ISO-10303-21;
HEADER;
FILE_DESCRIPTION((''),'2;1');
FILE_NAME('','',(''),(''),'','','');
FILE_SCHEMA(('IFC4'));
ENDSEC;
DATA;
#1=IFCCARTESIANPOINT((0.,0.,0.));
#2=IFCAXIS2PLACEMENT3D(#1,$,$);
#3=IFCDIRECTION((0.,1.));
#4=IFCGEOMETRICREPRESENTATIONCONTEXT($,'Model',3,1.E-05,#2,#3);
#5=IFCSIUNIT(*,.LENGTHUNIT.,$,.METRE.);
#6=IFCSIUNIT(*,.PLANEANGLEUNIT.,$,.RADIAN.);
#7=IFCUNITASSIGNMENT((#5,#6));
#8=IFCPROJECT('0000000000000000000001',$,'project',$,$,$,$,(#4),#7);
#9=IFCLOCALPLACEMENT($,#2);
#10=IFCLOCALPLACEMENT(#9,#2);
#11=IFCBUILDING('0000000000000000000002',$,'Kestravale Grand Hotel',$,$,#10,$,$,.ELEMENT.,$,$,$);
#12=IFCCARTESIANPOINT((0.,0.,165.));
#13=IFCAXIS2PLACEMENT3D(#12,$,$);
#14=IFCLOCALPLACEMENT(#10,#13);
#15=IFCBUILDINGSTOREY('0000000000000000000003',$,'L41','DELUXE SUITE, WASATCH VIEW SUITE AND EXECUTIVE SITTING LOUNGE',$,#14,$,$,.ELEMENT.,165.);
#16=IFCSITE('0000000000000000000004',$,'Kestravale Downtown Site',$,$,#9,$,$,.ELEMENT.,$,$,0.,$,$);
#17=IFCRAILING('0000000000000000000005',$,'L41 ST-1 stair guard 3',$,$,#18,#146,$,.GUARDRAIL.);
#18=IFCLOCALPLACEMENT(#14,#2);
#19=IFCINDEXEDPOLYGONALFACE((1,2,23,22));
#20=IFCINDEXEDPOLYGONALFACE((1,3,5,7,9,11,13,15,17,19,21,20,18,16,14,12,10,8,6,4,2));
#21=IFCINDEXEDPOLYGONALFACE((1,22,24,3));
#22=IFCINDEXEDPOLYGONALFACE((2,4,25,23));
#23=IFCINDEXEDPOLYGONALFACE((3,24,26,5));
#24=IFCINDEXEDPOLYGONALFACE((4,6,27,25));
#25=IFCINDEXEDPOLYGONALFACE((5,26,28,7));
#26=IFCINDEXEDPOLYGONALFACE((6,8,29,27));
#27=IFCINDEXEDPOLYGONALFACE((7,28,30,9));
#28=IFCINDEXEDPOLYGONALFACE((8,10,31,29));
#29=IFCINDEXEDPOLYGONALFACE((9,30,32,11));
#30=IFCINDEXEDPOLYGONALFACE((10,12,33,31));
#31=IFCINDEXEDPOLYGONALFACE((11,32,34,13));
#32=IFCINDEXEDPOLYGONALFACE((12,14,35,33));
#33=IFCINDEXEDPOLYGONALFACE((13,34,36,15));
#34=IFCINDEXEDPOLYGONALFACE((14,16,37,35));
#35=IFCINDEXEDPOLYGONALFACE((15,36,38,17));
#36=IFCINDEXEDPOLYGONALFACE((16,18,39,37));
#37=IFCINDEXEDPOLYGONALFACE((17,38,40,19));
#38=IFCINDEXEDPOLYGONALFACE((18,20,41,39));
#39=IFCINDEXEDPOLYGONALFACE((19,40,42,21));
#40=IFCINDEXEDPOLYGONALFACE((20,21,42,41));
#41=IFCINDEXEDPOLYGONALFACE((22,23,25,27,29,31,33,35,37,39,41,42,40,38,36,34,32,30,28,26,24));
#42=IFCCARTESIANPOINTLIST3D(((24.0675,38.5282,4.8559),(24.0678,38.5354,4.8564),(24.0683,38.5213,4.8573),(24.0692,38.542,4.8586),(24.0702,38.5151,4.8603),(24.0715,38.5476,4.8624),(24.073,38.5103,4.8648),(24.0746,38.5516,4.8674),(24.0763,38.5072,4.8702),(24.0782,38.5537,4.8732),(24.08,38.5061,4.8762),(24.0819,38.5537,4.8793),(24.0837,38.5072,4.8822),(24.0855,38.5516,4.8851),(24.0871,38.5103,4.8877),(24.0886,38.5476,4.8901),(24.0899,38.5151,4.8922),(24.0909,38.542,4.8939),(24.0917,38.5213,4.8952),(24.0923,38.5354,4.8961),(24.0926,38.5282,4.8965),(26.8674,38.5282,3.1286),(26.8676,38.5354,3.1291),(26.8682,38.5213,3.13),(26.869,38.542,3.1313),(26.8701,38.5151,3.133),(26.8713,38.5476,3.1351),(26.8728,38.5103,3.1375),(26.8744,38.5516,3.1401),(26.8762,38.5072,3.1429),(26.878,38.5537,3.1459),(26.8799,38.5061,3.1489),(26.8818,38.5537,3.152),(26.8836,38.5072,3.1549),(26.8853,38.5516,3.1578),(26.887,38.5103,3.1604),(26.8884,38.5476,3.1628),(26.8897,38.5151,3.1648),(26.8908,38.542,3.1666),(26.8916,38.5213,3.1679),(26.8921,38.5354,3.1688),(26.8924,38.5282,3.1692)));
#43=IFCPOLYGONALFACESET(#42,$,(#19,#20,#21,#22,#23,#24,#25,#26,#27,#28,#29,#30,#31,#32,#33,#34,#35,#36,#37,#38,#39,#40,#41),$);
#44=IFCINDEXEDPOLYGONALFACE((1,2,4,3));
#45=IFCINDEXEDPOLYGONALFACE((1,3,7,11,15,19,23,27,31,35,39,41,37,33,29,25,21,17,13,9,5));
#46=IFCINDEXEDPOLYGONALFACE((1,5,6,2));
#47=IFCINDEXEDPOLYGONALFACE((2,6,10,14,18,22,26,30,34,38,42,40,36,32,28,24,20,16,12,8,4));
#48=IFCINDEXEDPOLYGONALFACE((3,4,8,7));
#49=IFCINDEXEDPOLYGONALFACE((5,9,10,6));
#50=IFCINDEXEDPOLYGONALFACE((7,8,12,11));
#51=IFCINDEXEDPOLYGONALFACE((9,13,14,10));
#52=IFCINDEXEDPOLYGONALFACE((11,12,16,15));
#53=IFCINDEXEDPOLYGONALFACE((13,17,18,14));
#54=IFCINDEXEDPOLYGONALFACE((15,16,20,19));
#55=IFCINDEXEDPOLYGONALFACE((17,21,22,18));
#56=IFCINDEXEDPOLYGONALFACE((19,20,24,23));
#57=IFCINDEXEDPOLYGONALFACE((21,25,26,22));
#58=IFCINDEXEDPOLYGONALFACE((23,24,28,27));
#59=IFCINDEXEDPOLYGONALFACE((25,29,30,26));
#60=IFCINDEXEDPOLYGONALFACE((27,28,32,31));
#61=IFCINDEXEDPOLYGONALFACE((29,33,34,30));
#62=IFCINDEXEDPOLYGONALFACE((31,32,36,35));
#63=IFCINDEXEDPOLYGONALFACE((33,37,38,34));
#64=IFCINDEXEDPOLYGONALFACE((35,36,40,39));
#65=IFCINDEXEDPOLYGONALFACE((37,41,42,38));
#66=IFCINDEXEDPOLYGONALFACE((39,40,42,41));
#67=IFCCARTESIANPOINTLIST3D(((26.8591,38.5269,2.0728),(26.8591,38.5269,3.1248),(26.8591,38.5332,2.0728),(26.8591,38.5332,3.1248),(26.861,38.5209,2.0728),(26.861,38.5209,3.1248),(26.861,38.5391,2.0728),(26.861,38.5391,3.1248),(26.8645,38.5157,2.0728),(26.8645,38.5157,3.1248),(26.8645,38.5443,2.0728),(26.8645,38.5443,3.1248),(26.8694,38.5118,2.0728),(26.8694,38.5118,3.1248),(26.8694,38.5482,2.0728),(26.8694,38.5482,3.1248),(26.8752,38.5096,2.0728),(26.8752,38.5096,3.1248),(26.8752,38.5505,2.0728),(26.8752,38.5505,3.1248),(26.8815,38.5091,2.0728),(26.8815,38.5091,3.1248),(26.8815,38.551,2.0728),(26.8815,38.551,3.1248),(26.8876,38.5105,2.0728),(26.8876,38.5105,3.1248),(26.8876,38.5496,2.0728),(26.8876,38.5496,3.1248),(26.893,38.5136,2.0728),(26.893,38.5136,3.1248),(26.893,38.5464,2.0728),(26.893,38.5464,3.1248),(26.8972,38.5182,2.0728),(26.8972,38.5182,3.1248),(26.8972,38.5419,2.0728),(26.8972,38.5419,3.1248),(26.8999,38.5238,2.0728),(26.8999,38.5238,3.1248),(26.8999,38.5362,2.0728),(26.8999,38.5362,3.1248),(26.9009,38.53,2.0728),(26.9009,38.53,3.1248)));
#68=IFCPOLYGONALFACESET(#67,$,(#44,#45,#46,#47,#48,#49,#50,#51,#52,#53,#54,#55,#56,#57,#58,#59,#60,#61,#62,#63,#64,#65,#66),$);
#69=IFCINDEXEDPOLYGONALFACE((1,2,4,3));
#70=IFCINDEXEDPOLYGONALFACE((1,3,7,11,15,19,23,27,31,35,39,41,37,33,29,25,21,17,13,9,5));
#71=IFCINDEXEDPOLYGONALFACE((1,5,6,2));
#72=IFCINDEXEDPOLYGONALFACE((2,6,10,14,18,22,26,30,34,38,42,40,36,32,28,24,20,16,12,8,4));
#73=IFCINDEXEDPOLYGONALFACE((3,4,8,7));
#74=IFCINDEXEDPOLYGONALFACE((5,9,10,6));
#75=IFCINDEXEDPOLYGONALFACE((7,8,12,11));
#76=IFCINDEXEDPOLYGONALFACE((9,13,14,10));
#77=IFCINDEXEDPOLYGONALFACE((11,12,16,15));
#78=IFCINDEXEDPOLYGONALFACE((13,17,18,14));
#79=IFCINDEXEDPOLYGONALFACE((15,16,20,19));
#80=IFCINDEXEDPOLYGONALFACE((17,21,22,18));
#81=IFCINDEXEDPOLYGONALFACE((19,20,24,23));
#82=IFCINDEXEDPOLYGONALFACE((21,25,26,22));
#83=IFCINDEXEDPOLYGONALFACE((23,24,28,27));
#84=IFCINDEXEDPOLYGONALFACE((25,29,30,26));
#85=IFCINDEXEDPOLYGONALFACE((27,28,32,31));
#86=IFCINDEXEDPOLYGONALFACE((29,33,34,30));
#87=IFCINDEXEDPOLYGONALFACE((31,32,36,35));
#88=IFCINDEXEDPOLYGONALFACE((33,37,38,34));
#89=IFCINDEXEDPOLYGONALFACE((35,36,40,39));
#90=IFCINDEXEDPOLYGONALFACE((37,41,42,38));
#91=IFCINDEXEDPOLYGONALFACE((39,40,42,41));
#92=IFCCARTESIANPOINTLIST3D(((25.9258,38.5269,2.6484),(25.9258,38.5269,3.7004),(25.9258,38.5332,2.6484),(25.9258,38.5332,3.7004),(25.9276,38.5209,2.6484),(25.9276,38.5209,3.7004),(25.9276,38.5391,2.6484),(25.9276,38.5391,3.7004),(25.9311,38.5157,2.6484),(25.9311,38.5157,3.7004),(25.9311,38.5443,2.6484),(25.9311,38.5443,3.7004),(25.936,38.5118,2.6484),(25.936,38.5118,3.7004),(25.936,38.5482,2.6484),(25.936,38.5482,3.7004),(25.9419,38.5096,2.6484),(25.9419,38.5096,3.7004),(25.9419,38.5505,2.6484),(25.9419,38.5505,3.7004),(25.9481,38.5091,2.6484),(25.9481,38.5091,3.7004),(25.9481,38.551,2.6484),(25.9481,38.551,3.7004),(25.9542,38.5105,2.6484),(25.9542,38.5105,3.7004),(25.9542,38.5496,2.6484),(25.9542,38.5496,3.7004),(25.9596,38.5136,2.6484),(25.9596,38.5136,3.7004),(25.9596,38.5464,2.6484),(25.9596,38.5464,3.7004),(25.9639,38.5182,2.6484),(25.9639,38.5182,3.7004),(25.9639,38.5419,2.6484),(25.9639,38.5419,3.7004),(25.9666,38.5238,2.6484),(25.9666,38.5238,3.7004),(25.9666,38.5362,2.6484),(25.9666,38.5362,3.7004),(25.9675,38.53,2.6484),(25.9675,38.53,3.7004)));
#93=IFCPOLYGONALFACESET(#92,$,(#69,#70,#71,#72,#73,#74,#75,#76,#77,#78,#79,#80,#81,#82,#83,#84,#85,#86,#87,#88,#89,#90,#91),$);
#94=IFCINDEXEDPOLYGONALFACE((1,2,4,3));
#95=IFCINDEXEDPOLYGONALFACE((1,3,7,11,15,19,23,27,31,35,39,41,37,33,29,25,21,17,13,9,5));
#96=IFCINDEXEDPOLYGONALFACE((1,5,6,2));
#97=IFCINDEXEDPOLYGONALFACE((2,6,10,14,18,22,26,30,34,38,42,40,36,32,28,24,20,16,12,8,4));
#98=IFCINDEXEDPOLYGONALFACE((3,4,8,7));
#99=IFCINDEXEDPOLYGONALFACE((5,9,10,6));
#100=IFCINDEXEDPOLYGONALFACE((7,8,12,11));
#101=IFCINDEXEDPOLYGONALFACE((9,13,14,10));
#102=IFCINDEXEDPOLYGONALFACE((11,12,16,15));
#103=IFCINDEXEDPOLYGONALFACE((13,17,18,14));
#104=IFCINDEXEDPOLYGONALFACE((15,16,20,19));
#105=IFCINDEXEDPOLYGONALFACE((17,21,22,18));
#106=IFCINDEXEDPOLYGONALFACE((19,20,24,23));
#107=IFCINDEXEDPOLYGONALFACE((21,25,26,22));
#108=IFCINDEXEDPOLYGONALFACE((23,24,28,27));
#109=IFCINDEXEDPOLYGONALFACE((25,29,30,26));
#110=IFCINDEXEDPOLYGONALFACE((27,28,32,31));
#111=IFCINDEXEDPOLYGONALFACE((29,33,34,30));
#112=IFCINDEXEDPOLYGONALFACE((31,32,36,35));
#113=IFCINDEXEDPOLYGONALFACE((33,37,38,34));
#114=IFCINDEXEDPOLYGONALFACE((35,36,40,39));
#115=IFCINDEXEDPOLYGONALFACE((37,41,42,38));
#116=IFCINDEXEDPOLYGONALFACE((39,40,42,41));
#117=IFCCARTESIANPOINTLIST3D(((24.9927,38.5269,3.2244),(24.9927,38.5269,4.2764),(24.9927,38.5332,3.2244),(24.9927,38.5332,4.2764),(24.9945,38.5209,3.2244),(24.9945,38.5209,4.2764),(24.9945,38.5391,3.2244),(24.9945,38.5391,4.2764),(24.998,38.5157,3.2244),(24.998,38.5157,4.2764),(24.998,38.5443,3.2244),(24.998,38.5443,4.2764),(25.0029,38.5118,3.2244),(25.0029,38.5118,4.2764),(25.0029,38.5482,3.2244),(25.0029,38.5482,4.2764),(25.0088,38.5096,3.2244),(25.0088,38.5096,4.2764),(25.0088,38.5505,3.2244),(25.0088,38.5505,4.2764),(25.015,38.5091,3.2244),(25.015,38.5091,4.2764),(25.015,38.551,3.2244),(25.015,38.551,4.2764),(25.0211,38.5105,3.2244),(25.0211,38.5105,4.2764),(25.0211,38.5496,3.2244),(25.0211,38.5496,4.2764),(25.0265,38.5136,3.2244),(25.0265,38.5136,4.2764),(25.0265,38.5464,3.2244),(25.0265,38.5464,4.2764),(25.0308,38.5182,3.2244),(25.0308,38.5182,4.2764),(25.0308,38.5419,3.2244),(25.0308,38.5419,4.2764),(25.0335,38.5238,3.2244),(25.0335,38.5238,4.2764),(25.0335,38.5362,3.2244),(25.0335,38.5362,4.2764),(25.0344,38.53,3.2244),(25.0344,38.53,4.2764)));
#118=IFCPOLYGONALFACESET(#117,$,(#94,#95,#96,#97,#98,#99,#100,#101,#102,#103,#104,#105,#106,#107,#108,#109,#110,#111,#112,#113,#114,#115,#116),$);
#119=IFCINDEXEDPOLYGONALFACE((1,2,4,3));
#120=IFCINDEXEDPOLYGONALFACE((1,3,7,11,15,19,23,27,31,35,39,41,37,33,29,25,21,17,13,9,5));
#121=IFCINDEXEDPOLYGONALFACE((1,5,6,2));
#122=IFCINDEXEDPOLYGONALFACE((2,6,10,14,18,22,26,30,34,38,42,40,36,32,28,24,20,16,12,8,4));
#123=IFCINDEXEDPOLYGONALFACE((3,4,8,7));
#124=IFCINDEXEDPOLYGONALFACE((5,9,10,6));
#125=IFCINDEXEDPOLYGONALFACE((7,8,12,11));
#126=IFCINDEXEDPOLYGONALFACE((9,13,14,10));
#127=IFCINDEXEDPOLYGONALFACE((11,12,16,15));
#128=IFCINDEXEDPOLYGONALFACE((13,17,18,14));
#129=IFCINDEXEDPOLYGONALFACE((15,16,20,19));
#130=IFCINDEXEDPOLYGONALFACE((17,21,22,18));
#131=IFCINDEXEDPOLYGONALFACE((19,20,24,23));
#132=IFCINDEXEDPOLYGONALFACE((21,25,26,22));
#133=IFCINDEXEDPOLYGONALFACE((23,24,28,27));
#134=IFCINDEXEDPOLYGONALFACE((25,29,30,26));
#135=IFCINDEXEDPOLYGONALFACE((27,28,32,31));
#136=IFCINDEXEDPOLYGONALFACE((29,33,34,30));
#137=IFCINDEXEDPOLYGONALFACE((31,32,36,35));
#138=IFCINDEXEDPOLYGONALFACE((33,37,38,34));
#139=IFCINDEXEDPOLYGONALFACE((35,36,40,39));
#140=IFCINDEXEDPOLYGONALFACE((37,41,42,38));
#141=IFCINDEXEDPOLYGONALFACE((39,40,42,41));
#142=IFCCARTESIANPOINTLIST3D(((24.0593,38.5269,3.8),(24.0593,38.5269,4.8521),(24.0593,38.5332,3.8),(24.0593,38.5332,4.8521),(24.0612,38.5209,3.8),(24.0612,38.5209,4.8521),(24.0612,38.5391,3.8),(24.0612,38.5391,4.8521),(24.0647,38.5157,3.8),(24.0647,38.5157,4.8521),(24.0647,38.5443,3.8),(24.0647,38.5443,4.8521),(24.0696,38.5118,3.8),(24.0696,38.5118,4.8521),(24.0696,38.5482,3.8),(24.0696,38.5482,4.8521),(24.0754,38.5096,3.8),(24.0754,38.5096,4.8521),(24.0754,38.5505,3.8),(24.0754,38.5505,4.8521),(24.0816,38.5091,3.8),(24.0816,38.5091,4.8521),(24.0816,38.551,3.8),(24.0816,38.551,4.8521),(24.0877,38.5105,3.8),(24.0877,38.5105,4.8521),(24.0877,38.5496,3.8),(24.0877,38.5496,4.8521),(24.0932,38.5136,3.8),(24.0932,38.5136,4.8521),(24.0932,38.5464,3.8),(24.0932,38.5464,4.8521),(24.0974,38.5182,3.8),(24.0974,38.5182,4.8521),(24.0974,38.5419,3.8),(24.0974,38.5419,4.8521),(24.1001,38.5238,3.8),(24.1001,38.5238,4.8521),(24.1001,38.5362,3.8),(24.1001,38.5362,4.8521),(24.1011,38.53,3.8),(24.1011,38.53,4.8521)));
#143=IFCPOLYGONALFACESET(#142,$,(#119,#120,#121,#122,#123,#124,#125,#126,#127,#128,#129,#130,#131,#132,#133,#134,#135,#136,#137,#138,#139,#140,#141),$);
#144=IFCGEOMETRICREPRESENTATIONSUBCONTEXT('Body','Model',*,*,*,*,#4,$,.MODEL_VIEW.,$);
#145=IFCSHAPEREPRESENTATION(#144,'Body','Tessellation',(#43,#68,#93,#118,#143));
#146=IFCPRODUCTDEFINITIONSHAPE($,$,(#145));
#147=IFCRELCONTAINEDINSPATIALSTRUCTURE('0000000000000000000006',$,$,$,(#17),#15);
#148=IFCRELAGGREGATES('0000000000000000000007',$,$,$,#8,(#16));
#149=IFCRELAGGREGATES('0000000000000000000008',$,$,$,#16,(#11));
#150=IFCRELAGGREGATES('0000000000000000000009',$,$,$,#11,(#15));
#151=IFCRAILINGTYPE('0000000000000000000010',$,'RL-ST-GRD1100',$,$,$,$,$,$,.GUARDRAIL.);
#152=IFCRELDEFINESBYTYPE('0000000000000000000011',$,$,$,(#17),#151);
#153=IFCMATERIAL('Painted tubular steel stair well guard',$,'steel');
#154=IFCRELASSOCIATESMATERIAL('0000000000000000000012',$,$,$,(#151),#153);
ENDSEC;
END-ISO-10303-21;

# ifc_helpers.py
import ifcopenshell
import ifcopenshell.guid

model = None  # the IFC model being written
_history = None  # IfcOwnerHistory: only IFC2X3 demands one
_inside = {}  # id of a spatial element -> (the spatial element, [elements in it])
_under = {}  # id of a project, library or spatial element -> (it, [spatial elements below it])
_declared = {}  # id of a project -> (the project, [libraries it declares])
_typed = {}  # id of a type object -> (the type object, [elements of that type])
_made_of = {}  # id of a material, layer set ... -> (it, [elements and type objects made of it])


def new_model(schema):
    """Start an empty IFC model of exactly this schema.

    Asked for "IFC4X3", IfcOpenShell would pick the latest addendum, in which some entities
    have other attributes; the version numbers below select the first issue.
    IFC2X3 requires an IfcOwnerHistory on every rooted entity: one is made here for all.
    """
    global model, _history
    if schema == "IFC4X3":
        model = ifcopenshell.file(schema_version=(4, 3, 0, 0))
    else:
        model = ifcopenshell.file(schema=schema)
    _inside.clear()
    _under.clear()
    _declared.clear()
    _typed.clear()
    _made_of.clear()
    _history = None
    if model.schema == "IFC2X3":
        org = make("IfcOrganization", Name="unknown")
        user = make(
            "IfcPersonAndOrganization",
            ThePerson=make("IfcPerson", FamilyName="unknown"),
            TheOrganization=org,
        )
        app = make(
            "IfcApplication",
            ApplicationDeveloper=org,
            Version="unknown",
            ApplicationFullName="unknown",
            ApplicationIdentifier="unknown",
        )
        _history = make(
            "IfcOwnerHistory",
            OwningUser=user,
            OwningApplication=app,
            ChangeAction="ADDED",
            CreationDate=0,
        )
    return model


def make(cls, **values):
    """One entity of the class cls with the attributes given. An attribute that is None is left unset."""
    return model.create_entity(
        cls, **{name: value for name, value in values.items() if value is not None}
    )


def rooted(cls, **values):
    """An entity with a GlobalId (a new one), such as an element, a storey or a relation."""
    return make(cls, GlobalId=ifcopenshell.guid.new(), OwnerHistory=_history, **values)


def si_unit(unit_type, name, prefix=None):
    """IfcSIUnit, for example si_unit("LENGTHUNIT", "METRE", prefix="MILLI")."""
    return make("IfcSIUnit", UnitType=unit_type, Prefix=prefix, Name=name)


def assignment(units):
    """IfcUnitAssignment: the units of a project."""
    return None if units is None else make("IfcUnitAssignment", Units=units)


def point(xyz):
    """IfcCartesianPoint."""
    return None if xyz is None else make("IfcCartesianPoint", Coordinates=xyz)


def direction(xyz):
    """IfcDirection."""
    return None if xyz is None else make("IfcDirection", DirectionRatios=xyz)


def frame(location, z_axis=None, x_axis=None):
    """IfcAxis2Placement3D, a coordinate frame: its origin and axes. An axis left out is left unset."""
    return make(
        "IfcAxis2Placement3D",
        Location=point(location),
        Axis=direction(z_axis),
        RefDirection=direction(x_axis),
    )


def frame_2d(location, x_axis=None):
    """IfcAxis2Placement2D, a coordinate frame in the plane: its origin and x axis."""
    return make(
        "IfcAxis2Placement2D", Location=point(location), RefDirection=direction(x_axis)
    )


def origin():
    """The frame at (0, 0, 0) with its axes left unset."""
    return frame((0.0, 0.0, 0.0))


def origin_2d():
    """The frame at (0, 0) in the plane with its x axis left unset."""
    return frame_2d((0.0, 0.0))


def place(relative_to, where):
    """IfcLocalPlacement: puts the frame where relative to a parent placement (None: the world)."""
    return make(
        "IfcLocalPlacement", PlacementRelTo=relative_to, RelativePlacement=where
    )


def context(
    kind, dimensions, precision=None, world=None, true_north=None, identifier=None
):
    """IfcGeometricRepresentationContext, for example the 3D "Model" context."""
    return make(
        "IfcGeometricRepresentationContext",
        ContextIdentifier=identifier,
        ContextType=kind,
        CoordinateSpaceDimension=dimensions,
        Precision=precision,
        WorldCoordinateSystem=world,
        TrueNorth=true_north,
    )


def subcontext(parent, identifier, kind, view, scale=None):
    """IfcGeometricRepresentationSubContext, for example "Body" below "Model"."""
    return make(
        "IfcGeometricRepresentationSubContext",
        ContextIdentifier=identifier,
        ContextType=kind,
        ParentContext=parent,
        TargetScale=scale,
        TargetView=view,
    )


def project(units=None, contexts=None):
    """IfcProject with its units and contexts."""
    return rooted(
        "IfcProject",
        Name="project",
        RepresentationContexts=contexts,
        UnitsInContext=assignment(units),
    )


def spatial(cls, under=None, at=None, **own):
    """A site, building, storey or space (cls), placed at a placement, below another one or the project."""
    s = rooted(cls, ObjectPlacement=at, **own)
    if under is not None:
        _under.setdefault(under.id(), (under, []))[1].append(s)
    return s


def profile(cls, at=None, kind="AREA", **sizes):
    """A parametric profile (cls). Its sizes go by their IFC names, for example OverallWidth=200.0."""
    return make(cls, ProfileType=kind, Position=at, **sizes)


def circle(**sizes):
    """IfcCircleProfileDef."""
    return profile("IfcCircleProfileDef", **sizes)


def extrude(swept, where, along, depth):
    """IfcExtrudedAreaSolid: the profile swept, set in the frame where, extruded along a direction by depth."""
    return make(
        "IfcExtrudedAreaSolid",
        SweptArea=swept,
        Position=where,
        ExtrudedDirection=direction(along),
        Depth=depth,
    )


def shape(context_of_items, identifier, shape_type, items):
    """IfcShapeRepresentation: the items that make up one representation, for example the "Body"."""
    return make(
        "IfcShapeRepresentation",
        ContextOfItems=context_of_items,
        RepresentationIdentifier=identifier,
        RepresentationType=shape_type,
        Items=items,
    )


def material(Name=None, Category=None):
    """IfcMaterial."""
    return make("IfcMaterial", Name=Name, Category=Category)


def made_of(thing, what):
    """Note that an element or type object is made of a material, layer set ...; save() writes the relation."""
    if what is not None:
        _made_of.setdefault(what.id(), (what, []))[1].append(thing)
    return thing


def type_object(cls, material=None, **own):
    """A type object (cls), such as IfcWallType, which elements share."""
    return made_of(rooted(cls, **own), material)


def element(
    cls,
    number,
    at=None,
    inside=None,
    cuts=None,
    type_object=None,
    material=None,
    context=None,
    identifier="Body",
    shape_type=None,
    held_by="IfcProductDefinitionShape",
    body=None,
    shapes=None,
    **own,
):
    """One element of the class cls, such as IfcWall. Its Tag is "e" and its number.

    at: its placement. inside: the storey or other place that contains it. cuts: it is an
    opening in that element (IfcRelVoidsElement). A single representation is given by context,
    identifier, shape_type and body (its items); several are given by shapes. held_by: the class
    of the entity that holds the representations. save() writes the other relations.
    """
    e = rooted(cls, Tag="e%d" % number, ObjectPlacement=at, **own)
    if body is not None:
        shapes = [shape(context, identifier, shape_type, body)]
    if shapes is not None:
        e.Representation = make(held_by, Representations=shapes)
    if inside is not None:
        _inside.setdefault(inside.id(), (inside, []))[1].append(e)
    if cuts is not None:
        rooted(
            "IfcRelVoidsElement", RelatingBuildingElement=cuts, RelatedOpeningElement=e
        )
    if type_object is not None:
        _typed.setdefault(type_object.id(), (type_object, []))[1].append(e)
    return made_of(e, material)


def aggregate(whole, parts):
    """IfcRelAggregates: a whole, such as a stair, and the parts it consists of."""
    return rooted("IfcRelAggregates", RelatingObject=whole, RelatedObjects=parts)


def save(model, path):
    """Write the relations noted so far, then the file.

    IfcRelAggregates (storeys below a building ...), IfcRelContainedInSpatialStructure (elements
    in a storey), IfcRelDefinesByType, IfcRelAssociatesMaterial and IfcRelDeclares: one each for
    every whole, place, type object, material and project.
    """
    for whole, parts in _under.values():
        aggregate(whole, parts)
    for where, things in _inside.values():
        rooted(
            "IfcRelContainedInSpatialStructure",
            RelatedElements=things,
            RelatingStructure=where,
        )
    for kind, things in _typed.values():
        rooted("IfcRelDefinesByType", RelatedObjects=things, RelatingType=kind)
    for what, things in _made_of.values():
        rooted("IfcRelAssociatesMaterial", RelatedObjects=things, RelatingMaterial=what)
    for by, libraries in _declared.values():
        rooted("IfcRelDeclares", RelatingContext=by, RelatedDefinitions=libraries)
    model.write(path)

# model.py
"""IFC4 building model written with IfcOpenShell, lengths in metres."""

from ifc_helpers import new_model, si_unit, direction, frame, origin, origin_2d, place, context, subcontext, project, spatial, circle, extrude, material, type_object, element, save


model = new_model("IFC4")

# Units and contexts
model_context = context("Model", 3, precision=1e-05, world=origin(), true_north=direction((0.0, 1.0)))
body_context = subcontext(model_context, "Body", "Model", "MODEL_VIEW")
ifc_project = project(units=[si_unit("LENGTHUNIT", "METRE"), si_unit("PLANEANGLEUNIT", "RADIAN")], contexts=[model_context])

# Site, building, storey
site_placement = place(None, origin())
site = spatial("IfcSite", under=ifc_project, at=site_placement, Name="Kestravale Downtown Site", CompositionType="ELEMENT", RefElevation=0.0)
building_placement = place(site_placement, origin())
building = spatial("IfcBuilding", under=site, at=building_placement, Name="Kestravale Grand Hotel", CompositionType="ELEMENT")
storey_placement = place(building_placement, frame((0.0, 0.0, 165.0)))
storey = spatial("IfcBuildingStorey", under=building, at=storey_placement, Name="L41", Description="DELUXE SUITE, WASATCH VIEW SUITE AND EXECUTIVE SITTING LOUNGE", CompositionType="ELEMENT", Elevation=165.0)

# Railing
ifc_material_1 = material(Name="Painted tubular steel stair well guard", Category="steel")
railing_type_1 = type_object("IfcRailingType", Name="RL-ST-GRD1100", PredefinedType="GUARDRAIL", material=ifc_material_1)
railing_1_placement = place(storey_placement, frame((26.8799, 38.53, 2.0728)))
element("IfcRailing", 1, at=railing_1_placement, inside=storey, type_object=railing_type_1, Name="L41 ST-1 stair guard 3", PredefinedType="GUARDRAIL", context=body_context, shape_type="SweptSolid", body=[
    extrude(circle(Radius=0.0239, at=origin_2d()), frame((0.0, 0.0, 1.0762), z_axis=(-0.851069, 0.0, 0.525054), x_axis=(0.0, -1.0, 0.0)), (0.0, 0.0, 1.0), 3.2898),
    extrude(circle(Radius=0.021, at=origin_2d()), origin(), (0.0, 0.0, 1.0), 1.052),
    extrude(circle(Radius=0.021, at=origin_2d()), frame((-0.9333, 0.0, 0.5757)), (0.0, 0.0, 1.0), 1.052),
    extrude(circle(Radius=0.021, at=origin_2d()), frame((-1.8665, 0.0, 1.1516)), (0.0, 0.0, 1.0), 1.052),
    extrude(circle(Radius=0.021, at=origin_2d()), frame((-2.7998, 0.0, 1.7273)), (0.0, 0.0, 1.0), 1.052),
])

save(model, "model.ifc")
